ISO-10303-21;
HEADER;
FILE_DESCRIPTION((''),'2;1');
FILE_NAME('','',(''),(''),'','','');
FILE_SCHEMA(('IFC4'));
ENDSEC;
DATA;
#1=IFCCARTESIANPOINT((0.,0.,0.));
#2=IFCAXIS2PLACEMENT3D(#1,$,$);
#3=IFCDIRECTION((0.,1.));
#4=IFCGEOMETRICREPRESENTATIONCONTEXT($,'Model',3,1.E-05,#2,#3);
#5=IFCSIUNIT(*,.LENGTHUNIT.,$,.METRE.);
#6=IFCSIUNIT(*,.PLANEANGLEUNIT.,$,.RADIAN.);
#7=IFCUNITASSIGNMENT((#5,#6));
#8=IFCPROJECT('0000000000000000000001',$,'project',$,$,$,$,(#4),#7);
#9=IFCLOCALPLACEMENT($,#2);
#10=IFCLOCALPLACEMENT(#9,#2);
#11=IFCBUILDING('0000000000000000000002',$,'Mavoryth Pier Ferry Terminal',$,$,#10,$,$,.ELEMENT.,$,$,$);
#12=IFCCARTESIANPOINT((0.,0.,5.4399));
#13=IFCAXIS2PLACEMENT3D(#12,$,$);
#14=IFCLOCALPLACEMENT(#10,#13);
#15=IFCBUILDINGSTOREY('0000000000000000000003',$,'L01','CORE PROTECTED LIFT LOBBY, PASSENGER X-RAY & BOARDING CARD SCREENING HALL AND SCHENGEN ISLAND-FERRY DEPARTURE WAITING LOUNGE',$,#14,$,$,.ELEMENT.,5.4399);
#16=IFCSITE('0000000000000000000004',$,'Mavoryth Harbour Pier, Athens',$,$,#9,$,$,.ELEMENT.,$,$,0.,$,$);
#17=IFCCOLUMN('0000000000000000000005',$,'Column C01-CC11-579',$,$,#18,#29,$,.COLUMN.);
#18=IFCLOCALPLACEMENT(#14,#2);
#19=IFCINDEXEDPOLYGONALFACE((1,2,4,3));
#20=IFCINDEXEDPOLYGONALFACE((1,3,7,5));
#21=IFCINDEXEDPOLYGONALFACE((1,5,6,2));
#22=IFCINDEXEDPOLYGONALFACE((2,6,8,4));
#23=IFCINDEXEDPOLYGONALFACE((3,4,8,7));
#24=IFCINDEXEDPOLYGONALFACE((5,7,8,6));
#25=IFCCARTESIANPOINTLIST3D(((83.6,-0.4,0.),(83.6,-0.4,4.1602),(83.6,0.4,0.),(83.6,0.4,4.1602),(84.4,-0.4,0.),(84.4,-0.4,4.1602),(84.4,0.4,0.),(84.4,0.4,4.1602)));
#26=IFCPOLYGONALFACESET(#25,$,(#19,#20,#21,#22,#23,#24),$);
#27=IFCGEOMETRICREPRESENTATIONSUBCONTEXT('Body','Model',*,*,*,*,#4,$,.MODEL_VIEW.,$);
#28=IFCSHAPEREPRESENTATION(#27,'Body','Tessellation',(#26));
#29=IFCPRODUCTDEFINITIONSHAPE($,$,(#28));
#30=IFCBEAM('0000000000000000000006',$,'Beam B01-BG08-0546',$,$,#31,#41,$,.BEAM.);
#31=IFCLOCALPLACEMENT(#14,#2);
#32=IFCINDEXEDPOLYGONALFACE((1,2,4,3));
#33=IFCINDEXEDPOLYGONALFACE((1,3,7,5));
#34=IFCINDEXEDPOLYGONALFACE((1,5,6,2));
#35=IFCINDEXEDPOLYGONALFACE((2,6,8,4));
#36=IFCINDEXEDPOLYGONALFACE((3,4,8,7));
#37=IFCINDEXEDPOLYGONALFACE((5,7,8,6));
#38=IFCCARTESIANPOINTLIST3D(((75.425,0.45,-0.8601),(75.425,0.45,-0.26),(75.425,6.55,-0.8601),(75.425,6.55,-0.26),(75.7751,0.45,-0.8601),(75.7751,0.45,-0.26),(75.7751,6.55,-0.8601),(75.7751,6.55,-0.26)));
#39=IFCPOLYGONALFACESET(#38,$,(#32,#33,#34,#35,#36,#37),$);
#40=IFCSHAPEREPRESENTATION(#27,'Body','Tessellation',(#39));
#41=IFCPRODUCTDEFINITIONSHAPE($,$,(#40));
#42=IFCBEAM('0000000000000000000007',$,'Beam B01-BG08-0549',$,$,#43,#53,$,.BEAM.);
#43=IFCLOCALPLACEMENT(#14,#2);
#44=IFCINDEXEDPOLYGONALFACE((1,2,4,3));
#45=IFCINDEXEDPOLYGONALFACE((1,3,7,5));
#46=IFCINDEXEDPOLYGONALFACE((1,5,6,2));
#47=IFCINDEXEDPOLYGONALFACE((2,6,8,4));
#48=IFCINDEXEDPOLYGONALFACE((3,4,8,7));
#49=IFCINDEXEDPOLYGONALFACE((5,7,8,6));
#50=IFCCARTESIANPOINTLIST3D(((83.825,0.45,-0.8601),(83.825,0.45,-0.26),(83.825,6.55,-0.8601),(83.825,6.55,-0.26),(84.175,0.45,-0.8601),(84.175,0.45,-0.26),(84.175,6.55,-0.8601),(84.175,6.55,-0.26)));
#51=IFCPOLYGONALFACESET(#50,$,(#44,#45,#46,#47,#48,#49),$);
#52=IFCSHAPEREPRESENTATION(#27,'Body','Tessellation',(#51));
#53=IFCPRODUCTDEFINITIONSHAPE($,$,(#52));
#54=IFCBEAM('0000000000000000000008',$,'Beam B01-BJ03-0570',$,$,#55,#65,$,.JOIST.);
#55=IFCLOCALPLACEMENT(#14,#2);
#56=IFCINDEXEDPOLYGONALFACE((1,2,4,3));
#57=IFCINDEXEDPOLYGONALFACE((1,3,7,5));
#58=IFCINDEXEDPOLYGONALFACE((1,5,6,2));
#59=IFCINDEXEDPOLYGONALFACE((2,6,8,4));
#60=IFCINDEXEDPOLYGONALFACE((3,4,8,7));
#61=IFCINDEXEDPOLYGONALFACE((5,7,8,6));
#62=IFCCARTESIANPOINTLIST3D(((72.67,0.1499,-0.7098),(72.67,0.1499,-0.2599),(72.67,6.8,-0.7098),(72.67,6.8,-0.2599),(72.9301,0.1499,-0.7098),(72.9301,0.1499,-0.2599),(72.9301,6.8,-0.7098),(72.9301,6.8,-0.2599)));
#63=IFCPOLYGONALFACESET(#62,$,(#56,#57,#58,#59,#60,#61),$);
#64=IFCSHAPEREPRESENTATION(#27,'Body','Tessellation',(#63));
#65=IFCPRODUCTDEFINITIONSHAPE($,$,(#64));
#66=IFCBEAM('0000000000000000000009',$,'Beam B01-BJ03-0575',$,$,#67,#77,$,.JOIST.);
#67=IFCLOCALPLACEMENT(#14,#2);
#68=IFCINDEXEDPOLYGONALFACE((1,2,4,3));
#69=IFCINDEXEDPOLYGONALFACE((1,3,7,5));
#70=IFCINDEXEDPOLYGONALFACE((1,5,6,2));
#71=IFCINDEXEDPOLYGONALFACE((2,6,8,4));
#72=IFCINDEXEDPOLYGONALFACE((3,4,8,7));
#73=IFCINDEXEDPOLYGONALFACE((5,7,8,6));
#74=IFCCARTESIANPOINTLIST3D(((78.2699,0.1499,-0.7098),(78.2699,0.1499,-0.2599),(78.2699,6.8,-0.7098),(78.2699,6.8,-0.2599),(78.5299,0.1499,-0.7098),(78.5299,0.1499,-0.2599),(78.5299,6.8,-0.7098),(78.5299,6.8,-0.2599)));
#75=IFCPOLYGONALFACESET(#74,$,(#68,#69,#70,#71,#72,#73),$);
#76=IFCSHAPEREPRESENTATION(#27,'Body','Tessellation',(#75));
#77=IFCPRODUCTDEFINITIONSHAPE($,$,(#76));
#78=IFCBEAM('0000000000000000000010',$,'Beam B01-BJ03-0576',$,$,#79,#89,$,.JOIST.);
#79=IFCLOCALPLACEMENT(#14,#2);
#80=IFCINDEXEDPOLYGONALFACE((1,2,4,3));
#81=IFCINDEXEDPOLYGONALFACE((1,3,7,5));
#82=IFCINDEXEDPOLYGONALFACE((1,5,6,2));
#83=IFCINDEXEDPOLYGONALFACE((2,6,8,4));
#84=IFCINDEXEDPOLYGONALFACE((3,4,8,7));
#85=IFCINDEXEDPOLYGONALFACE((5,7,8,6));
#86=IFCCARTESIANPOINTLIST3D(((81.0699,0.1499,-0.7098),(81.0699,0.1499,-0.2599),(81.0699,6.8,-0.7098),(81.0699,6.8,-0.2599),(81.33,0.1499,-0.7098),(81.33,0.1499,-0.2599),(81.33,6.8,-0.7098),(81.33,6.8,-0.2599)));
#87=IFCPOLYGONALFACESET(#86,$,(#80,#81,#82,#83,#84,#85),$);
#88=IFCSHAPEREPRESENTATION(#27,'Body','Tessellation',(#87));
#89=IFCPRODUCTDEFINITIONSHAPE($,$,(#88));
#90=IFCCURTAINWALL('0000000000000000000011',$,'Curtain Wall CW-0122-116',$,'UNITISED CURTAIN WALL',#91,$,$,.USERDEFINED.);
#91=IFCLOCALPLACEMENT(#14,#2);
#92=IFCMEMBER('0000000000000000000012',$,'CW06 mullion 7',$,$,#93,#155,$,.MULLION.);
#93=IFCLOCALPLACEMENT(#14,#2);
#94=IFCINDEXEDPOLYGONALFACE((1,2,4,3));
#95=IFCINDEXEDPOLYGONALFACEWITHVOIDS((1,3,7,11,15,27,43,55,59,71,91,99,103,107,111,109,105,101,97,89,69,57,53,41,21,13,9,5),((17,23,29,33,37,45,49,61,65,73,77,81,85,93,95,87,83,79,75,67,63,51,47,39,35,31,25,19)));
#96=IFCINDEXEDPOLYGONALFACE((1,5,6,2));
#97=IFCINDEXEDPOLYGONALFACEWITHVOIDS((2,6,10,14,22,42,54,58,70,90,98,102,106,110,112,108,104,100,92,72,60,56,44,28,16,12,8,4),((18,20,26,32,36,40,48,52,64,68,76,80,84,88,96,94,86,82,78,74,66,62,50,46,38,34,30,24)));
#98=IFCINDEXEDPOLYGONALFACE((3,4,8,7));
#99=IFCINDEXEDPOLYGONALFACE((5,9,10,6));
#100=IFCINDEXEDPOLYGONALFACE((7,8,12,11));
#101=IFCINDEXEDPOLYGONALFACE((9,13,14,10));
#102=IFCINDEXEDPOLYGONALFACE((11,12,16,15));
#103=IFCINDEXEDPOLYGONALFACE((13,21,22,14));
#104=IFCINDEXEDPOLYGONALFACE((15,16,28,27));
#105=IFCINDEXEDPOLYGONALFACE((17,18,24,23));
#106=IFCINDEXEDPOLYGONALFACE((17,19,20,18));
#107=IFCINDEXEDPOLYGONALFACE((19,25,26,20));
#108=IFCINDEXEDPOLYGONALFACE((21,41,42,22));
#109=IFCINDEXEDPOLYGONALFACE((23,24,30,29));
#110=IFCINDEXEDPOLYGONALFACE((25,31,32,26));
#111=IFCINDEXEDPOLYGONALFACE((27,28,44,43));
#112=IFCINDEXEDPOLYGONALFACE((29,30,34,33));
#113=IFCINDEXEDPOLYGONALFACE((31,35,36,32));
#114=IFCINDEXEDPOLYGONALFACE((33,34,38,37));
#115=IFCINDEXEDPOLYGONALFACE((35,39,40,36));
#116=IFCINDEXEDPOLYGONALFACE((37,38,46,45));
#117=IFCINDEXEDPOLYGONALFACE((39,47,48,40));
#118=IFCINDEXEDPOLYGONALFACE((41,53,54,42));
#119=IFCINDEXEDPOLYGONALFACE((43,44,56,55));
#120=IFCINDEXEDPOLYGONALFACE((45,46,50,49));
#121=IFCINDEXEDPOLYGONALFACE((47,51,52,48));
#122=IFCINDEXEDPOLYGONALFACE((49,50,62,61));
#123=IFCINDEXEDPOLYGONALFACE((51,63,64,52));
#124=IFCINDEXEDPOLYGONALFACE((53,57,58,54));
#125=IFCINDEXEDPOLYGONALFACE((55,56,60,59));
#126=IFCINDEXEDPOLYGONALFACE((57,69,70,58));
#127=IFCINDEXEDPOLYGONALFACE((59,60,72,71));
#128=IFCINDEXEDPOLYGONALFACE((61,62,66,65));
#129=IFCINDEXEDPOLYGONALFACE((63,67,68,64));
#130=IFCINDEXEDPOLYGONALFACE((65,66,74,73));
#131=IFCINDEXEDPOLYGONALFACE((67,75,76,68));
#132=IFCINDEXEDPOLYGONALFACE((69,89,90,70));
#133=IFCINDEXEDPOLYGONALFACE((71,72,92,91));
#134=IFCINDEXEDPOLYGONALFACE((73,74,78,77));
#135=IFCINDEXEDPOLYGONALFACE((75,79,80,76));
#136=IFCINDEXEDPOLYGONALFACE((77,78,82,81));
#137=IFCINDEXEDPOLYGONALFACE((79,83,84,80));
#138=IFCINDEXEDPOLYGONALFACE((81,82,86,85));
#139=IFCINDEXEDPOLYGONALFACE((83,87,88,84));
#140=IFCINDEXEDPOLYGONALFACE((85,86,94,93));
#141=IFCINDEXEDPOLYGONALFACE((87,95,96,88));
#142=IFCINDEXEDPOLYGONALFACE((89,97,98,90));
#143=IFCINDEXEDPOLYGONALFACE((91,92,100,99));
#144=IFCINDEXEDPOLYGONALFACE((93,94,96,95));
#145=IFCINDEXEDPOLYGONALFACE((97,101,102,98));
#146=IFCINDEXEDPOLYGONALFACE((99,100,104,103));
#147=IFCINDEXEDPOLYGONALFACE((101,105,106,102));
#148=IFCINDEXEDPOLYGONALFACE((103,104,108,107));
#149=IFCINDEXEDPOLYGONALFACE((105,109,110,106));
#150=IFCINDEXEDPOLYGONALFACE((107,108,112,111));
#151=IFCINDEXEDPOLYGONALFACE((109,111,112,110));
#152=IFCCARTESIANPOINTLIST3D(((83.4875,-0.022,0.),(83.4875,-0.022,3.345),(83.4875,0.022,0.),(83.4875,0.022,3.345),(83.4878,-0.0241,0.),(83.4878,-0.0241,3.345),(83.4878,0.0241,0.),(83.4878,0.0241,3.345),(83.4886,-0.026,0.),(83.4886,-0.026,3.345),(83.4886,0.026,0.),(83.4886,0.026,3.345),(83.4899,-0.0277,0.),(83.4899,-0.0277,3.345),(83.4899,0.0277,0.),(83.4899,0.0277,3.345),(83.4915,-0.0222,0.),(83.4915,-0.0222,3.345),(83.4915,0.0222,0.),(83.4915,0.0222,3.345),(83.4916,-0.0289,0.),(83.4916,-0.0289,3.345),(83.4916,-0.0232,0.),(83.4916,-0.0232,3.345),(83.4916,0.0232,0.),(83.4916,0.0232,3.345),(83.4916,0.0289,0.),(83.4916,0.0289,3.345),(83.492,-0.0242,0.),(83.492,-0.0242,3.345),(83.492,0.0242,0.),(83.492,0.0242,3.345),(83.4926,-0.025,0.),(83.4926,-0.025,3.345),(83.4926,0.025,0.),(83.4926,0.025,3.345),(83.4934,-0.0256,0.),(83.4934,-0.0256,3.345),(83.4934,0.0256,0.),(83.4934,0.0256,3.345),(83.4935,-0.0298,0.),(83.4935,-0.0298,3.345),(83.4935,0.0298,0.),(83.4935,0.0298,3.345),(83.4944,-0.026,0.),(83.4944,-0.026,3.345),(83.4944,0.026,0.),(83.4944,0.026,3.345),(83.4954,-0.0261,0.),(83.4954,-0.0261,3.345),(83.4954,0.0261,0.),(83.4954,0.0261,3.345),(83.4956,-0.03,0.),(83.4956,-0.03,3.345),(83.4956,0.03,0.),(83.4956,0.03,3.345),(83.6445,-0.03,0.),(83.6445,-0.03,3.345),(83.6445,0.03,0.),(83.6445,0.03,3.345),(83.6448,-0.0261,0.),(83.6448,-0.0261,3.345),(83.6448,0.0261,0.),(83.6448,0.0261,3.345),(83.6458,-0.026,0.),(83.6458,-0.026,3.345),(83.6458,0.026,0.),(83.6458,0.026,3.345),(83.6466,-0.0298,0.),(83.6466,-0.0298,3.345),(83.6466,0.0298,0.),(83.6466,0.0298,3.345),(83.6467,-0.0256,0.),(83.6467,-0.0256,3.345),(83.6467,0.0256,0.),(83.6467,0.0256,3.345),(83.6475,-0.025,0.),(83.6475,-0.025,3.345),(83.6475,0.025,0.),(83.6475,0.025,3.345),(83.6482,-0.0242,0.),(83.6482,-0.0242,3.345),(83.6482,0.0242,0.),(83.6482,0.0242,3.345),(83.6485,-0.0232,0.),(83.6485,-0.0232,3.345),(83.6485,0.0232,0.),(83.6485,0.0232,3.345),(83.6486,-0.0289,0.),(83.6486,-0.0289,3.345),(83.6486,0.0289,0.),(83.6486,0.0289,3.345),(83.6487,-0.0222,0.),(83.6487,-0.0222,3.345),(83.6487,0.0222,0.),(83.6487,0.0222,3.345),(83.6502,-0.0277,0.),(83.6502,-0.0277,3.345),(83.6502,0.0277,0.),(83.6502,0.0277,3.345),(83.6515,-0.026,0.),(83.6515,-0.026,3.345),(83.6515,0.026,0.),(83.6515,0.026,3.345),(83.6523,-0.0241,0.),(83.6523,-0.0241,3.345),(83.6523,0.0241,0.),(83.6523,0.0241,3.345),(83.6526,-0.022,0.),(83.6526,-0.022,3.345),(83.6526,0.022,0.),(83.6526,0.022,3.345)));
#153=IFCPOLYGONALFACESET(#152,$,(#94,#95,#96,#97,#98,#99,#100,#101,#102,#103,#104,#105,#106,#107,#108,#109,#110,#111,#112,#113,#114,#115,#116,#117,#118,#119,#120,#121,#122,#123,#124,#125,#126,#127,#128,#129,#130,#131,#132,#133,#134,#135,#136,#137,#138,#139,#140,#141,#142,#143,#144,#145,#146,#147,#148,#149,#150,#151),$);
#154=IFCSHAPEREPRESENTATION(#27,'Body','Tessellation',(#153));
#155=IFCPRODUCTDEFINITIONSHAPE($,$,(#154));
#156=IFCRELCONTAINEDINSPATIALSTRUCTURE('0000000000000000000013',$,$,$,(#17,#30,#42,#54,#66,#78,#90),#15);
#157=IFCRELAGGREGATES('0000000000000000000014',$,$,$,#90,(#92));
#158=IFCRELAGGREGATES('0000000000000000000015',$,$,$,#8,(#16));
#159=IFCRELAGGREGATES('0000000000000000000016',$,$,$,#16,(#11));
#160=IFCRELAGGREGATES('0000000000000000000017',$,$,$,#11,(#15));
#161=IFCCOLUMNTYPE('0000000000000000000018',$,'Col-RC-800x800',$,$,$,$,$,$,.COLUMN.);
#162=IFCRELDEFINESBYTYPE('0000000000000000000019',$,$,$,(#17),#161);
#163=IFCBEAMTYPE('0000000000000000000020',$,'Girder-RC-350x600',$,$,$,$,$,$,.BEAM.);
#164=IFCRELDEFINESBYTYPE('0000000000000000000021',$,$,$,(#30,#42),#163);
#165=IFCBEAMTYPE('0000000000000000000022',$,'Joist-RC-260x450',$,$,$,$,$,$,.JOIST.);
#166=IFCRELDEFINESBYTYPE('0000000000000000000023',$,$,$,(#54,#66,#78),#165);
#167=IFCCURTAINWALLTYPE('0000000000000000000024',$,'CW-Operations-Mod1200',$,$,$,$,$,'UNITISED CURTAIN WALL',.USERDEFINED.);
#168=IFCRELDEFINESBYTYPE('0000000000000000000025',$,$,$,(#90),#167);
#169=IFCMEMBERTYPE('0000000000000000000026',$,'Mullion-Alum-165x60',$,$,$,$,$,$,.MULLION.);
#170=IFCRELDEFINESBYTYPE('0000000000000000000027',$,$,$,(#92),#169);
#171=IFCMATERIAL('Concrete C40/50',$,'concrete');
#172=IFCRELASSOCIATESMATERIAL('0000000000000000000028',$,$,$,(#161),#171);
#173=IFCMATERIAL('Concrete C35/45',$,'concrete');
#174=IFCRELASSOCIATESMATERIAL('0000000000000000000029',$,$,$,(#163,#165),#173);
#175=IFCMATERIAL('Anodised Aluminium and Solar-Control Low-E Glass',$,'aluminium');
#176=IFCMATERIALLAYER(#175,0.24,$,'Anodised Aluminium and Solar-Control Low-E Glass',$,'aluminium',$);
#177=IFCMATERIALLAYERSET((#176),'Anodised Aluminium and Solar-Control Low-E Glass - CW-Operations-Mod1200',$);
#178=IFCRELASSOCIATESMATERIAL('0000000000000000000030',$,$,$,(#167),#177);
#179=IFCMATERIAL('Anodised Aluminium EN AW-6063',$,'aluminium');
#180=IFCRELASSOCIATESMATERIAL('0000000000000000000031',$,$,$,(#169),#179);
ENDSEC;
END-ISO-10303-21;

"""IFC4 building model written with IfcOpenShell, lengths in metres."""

from ifc_helpers import new_model, si_unit, direction, frame, origin, origin_2d, place, context, subcontext, project, spatial, rectangle, hollow_rectangle, extrude, material, layer, layer_set, material_profile, profile_set, type_object, element, aggregate, save


model = new_model("IFC4")

# Units and contexts
model_context = context("Model", 3, precision=1e-05, world=origin(), true_north=direction((0.0, 1.0)))
body_context = subcontext(model_context, "Body", "Model", "MODEL_VIEW")
ifc_project = project(units=[si_unit("LENGTHUNIT", "METRE"), si_unit("PLANEANGLEUNIT", "RADIAN")], contexts=[model_context])

# Site, building, storey
site_placement = place(None, origin())
site = spatial("IfcSite", under=ifc_project, at=site_placement, Name="Mavoryth Harbour Pier, Athens", CompositionType="ELEMENT", RefElevation=0.0)
building_placement = place(site_placement, origin())
building = spatial("IfcBuilding", under=site, at=building_placement, Name="Mavoryth Pier Ferry Terminal", CompositionType="ELEMENT")
storey_placement = place(building_placement, frame((0.0, 0.0, 5.4399)))
storey = spatial("IfcBuildingStorey", under=building, at=storey_placement, Name="L01", Description="CORE PROTECTED LIFT LOBBY, PASSENGER X-RAY & BOARDING CARD SCREENING HALL AND SCHENGEN ISLAND-FERRY DEPARTURE WAITING LOUNGE", CompositionType="ELEMENT", Elevation=5.4399)

# Column
ifc_material_1 = material(Name="Concrete C40/50", Category="concrete")
ifc_material_profile_1 = material_profile(ifc_material_1, rectangle(XDim=0.8, YDim=0.8, at=origin_2d()), Name="RC 800x800", Category="concrete")
ifc_profile_set_1 = profile_set([ifc_material_profile_1], Name="Concrete C40/50 - RC 800x800")
column_type = type_object("IfcColumnType", Name="Col-RC-800x800", PredefinedType="COLUMN", material=ifc_profile_set_1)
column_placement = place(storey_placement, frame((84.0, 0.0, 0.0), z_axis=(0.0, 0.0, 1.0), x_axis=(1.0, 0.0, 0.0)))
element("IfcColumn", 1, at=column_placement, inside=storey, type_object=column_type, Name="Column C01-CC11-579", PredefinedType="COLUMN", context=body_context, shape_type="SweptSolid", body=[
    extrude(rectangle(XDim=0.8, YDim=0.8, at=origin_2d()), origin(), (0.0, 0.0, 1.0), 4.1602),
])

# Beams
ifc_material_2 = material(Name="Concrete C35/45", Category="concrete")
ifc_material_profile_2 = material_profile(ifc_material_2, rectangle(XDim=0.3501, YDim=0.6001, at=origin_2d()), Name="RC 350x600", Category="concrete")
ifc_profile_set_2 = profile_set([ifc_material_profile_2], Name="Concrete C35/45 - RC 350x600")
beam_type_1 = type_object("IfcBeamType", Name="Girder-RC-350x600", PredefinedType="BEAM", material=ifc_profile_set_2)
for number, where, z_axis, x_axis, name in (
    (2, (75.6001, 0.45, -0.5601), (0.0, 1.0, 0.0), (-1.0, 0.0, 0.0), "Beam B01-BG08-0546"),
    (3, (84.0, 0.45, -0.5601), (0.0, 1.0, 0.0), (-1.0, 0.0, 0.0), "Beam B01-BG08-0549"),
):
    element("IfcBeam", number, at=place(storey_placement, frame(where, z_axis=z_axis, x_axis=x_axis)), inside=storey, type_object=beam_type_1, Name=name, PredefinedType="BEAM", context=body_context, shape_type="SweptSolid", body=[
        extrude(rectangle(XDim=0.3501, YDim=0.6001, at=origin_2d()), origin(), (0.0, 0.0, 1.0), 6.1001),
    ])
ifc_material_profile_3 = material_profile(ifc_material_2, rectangle(XDim=0.26, YDim=0.45, at=origin_2d()), Name="RC 260x450", Category="concrete")
ifc_profile_set_3 = profile_set([ifc_material_profile_3], Name="Concrete C35/45 - RC 260x450")
beam_type_2 = type_object("IfcBeamType", Name="Joist-RC-260x450", PredefinedType="JOIST", material=ifc_profile_set_3)
for number, where, z_axis, x_axis, name in (
    (4, (72.8, 0.1499, -0.4849), (0.0, 1.0, 0.0), (-1.0, 0.0, 0.0), "Beam B01-BJ03-0570"),
    (5, (78.3999, 0.1499, -0.4849), (0.0, 1.0, 0.0), (-1.0, 0.0, 0.0), "Beam B01-BJ03-0575"),
    (6, (81.2, 0.1499, -0.4849), (0.0, 1.0, 0.0), (-1.0, 0.0, 0.0), "Beam B01-BJ03-0576"),
):
    element("IfcBeam", number, at=place(storey_placement, frame(where, z_axis=z_axis, x_axis=x_axis)), inside=storey, type_object=beam_type_2, Name=name, PredefinedType="JOIST", context=body_context, shape_type="SweptSolid", body=[
        extrude(rectangle(XDim=0.26, YDim=0.45, at=origin_2d()), origin(), (0.0, 0.0, 1.0), 6.6501),
    ])

# Curtain wall, member
ifc_material_3 = material(Name="Anodised Aluminium and Solar-Control Low-E Glass", Category="aluminium")
ifc_layer_1 = layer(ifc_material_3, 0.24, Name="Anodised Aluminium and Solar-Control Low-E Glass", Category="aluminium")
ifc_layer_set_1 = layer_set([ifc_layer_1], Name="Anodised Aluminium and Solar-Control Low-E Glass - CW-Operations-Mod1200")
curtain_wall_type = type_object("IfcCurtainWallType", Name="CW-Operations-Mod1200", ElementType="UNITISED CURTAIN WALL", PredefinedType="USERDEFINED", material=ifc_layer_set_1)
curtain_wall_1_placement = place(storey_placement, origin())
curtain_wall_1 = element("IfcCurtainWall", 7, at=curtain_wall_1_placement, inside=storey, type_object=curtain_wall_type, Name="Curtain Wall CW-0122-116", ObjectType="UNITISED CURTAIN WALL", PredefinedType="USERDEFINED")
ifc_material_4 = material(Name="Anodised Aluminium EN AW-6063", Category="aluminium")
ifc_material_profile_4 = material_profile(ifc_material_4, hollow_rectangle(XDim=0.0601, YDim=0.165, WallThickness=0.0039, InnerFilletRadius=0.0039, OuterFilletRadius=0.0081, at=origin_2d()), Name="AL-MULL 165x60x4", Category="aluminium")
ifc_profile_set_4 = profile_set([ifc_material_profile_4], Name="Anodised Aluminium EN AW-6063 - AL-MULL 165x60x4")
member_type_1 = type_object("IfcMemberType", Name="Mullion-Alum-165x60", PredefinedType="MULLION", material=ifc_profile_set_4)
member_1_placement = place(storey_placement, frame((83.5701, 0.0, 0.0), z_axis=(0.0, 0.0, 1.0), x_axis=(0.0, 1.0, 0.0)))
member_1 = element("IfcMember", 8, at=member_1_placement, type_object=member_type_1, Name="CW06 mullion 7", PredefinedType="MULLION", context=body_context, shape_type="SweptSolid", body=[
    extrude(hollow_rectangle(XDim=0.0601, YDim=0.165, WallThickness=0.0039, InnerFilletRadius=0.0039, OuterFilletRadius=0.0081, at=origin_2d()), origin(), (0.0, 0.0, 1.0), 3.345),
])

aggregate(curtain_wall_1, [member_1])

save(model, "model.ifc")
